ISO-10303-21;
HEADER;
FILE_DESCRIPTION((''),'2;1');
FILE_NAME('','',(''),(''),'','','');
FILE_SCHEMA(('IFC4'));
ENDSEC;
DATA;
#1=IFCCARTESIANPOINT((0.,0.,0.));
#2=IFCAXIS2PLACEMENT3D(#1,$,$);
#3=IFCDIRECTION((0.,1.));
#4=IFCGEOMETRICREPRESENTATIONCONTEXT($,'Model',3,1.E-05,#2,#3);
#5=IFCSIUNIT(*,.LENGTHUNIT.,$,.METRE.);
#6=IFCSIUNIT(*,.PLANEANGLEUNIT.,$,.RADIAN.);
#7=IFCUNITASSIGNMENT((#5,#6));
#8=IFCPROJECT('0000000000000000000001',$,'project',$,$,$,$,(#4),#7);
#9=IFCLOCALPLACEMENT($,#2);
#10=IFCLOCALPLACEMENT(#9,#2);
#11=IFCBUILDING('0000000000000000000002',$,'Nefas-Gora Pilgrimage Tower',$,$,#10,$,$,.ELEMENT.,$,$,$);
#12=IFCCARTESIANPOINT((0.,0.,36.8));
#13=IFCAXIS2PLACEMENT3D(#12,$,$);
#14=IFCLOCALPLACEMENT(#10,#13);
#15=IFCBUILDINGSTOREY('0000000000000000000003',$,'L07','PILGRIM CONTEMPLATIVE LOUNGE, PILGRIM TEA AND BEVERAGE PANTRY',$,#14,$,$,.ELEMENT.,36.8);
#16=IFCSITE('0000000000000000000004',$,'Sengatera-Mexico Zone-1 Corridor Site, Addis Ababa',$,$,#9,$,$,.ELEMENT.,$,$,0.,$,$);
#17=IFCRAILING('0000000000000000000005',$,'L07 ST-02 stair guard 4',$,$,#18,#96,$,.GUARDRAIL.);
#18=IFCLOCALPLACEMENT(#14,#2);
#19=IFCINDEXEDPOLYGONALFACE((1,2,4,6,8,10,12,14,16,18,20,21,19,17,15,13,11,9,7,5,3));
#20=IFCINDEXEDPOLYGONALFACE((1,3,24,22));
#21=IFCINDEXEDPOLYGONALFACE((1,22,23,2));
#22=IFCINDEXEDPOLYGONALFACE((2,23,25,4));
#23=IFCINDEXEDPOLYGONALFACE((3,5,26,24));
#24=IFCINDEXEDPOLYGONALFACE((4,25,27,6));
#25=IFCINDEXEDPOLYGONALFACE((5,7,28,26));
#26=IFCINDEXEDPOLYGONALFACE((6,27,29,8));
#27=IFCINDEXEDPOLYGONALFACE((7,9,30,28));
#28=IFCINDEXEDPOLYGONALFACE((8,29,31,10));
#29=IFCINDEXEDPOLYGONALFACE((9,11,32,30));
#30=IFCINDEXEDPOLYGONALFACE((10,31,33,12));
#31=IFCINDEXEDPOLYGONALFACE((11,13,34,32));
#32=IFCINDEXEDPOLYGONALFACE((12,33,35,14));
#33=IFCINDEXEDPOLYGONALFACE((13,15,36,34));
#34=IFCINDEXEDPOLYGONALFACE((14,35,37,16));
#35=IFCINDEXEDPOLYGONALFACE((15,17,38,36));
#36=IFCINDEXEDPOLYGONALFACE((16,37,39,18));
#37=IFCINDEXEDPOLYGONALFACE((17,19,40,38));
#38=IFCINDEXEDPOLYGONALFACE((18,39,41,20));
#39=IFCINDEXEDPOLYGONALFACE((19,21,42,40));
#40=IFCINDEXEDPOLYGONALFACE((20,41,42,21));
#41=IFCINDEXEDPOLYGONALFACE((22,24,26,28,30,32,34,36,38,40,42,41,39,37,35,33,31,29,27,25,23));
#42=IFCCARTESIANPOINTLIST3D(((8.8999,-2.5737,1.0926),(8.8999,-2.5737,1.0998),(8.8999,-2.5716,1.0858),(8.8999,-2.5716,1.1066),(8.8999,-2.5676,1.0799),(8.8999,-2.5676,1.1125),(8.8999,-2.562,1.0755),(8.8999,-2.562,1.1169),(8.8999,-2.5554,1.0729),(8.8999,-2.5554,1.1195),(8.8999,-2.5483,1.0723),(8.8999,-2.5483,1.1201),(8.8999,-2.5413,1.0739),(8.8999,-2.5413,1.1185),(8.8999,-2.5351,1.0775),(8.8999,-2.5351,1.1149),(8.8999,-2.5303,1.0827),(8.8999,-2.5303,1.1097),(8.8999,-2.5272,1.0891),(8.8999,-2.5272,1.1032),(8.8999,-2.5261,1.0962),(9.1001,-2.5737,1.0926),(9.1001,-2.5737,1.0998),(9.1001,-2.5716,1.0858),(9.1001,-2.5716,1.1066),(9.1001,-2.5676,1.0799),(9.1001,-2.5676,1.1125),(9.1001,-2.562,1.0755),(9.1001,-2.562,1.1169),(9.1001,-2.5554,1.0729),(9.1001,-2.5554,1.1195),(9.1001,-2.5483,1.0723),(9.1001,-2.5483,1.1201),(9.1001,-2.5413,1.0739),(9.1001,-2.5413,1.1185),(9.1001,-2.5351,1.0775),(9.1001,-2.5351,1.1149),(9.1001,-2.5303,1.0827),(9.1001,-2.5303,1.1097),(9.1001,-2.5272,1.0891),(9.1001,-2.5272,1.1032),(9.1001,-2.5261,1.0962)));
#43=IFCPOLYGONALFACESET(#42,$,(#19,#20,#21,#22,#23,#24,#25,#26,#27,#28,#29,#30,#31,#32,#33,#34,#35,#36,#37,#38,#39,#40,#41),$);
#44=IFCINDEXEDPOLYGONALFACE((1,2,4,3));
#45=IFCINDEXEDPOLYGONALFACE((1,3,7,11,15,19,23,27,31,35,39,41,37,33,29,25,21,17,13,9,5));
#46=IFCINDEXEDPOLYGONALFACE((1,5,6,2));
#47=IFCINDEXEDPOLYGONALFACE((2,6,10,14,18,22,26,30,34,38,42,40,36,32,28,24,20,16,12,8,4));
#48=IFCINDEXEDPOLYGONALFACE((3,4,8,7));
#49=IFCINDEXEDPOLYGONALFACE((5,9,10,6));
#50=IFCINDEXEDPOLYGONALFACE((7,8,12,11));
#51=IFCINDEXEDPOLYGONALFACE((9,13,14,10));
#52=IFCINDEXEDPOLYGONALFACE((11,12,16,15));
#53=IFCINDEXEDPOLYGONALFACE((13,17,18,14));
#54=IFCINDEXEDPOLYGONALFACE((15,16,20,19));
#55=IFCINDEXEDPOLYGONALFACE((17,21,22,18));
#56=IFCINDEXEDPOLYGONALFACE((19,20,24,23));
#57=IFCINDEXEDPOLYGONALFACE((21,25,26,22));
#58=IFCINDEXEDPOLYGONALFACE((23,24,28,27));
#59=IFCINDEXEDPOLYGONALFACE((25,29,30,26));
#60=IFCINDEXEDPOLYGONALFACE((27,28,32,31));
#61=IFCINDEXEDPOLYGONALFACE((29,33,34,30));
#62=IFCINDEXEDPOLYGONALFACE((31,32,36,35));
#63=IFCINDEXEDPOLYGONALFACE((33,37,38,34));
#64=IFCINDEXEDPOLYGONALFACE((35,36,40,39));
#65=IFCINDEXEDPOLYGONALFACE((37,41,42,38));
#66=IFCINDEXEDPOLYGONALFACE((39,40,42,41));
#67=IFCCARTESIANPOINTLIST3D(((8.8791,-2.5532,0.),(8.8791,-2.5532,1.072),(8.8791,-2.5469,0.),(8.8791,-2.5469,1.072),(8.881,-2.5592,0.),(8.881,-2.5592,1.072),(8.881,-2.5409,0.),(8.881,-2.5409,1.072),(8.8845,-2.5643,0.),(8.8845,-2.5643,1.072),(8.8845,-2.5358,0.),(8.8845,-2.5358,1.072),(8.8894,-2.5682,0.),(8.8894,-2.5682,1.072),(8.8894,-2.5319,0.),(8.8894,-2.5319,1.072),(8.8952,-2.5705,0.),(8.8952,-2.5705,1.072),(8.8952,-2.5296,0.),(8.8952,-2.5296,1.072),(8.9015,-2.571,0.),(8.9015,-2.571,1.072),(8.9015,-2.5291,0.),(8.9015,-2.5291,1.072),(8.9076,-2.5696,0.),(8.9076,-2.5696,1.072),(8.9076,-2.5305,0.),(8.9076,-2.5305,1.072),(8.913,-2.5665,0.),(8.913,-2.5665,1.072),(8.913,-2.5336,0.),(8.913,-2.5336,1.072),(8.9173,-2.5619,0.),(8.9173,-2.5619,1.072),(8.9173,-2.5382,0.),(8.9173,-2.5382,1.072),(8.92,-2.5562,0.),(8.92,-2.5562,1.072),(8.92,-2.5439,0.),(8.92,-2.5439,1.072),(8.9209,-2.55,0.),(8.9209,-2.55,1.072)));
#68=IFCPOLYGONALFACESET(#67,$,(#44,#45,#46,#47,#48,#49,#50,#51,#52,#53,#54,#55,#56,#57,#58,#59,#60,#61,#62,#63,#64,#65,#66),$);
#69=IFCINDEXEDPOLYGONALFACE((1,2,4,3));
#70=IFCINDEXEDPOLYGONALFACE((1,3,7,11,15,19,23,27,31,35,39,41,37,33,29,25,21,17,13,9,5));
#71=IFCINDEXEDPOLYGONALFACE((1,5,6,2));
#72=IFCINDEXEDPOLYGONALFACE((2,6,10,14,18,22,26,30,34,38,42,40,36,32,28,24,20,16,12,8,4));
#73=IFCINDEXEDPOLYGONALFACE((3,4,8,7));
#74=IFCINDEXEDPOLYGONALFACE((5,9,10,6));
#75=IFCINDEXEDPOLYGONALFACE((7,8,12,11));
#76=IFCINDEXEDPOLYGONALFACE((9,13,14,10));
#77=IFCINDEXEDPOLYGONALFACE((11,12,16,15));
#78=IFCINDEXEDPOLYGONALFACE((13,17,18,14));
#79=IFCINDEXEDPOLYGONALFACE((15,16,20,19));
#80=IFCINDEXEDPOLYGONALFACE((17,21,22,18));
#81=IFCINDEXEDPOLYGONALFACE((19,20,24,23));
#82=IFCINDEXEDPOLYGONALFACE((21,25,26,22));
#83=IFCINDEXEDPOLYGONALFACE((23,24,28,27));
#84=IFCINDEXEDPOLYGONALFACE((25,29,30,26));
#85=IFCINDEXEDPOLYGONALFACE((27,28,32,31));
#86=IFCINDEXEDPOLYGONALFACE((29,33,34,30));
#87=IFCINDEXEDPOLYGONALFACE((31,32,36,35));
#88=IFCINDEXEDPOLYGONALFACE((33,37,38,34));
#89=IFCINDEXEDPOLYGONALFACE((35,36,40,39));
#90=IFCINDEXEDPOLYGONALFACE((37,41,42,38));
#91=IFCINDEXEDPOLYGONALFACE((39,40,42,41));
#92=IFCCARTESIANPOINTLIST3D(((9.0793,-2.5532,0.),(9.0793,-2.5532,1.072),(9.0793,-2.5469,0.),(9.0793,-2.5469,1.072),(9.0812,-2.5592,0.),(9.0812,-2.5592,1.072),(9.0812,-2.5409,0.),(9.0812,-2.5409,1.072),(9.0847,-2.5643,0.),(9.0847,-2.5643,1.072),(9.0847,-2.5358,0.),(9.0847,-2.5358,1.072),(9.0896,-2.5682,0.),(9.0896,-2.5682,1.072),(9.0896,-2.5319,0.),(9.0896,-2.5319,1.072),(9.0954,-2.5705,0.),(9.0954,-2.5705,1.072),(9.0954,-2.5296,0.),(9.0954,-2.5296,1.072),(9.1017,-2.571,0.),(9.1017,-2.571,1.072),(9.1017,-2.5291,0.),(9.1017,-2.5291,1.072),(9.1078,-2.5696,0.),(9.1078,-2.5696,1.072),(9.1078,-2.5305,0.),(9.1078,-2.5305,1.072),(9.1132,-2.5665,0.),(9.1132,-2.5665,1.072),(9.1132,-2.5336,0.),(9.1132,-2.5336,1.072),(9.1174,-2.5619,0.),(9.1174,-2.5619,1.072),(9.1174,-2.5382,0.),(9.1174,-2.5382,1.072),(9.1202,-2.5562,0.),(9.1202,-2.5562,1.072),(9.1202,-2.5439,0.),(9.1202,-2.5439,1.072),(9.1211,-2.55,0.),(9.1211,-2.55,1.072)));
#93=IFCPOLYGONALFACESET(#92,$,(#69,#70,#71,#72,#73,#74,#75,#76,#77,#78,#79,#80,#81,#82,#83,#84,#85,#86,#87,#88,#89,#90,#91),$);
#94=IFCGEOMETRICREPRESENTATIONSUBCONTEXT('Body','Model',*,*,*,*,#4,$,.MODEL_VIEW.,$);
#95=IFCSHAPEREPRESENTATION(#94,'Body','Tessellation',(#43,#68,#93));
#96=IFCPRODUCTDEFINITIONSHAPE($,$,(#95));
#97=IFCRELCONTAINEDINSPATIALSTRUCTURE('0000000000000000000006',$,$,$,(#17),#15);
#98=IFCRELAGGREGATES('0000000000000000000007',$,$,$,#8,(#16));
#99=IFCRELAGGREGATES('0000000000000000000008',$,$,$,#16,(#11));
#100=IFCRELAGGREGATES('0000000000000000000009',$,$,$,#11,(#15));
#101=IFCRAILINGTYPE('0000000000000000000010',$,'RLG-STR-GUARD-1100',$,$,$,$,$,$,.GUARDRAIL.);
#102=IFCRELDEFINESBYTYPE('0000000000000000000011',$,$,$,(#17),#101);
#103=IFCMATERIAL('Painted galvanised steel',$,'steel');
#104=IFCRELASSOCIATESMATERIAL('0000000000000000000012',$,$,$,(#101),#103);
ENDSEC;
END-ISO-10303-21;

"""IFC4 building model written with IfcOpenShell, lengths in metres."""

from ifc_helpers import new_model, si_unit, direction, frame, origin, origin_2d, place, context, subcontext, project, spatial, circle, extrude, material, type_object, element, save


model = new_model("IFC4")

# Units and contexts
model_context = context("Model", 3, precision=1e-05, world=origin(), true_north=direction((0.0, 1.0)))
body_context = subcontext(model_context, "Body", "Model", "MODEL_VIEW")
ifc_project = project(units=[si_unit("LENGTHUNIT", "METRE"), si_unit("PLANEANGLEUNIT", "RADIAN")], contexts=[model_context])

# Site, building, storey
site_placement = place(None, origin())
site = spatial("IfcSite", under=ifc_project, at=site_placement, Name="Sengatera-Mexico Zone-1 Corridor Site, Addis Ababa", CompositionType="ELEMENT", RefElevation=0.0)
building_placement = place(site_placement, origin())
building = spatial("IfcBuilding", under=site, at=building_placement, Name="Nefas-Gora Pilgrimage Tower", CompositionType="ELEMENT")
storey_placement = place(building_placement, frame((0.0, 0.0, 36.8)))
storey = spatial("IfcBuildingStorey", under=building, at=storey_placement, Name="L07", Description="PILGRIM CONTEMPLATIVE LOUNGE, PILGRIM TEA AND BEVERAGE PANTRY", CompositionType="ELEMENT", Elevation=36.8)

# Railing
ifc_material_1 = material(Name="Painted galvanised steel", Category="steel")
railing_type_1 = type_object("IfcRailingType", Name="RLG-STR-GUARD-1100", PredefinedType="GUARDRAIL", material=ifc_material_1)
railing_1_placement = place(storey_placement, frame((8.8999, -2.55, 0.0)))
element("IfcRailing", 1, at=railing_1_placement, inside=storey, type_object=railing_type_1, Name="L07 ST-02 stair guard 4", PredefinedType="GUARDRAIL", context=body_context, shape_type="SweptSolid", body=[
    extrude(circle(Radius=0.0239, at=origin_2d()), frame((0.0, 0.0, 1.0962), z_axis=(1.0, 0.0, 0.0), x_axis=(0.0, 1.0, 0.0)), (0.0, 0.0, 1.0), 0.2002),
    extrude(circle(Radius=0.021, at=origin_2d()), origin(), (0.0, 0.0, 1.0), 1.072),
    extrude(circle(Radius=0.021, at=origin_2d()), frame((0.2002, 0.0, 0.0)), (0.0, 0.0, 1.0), 1.072),
])

save(model, "model.ifc")
